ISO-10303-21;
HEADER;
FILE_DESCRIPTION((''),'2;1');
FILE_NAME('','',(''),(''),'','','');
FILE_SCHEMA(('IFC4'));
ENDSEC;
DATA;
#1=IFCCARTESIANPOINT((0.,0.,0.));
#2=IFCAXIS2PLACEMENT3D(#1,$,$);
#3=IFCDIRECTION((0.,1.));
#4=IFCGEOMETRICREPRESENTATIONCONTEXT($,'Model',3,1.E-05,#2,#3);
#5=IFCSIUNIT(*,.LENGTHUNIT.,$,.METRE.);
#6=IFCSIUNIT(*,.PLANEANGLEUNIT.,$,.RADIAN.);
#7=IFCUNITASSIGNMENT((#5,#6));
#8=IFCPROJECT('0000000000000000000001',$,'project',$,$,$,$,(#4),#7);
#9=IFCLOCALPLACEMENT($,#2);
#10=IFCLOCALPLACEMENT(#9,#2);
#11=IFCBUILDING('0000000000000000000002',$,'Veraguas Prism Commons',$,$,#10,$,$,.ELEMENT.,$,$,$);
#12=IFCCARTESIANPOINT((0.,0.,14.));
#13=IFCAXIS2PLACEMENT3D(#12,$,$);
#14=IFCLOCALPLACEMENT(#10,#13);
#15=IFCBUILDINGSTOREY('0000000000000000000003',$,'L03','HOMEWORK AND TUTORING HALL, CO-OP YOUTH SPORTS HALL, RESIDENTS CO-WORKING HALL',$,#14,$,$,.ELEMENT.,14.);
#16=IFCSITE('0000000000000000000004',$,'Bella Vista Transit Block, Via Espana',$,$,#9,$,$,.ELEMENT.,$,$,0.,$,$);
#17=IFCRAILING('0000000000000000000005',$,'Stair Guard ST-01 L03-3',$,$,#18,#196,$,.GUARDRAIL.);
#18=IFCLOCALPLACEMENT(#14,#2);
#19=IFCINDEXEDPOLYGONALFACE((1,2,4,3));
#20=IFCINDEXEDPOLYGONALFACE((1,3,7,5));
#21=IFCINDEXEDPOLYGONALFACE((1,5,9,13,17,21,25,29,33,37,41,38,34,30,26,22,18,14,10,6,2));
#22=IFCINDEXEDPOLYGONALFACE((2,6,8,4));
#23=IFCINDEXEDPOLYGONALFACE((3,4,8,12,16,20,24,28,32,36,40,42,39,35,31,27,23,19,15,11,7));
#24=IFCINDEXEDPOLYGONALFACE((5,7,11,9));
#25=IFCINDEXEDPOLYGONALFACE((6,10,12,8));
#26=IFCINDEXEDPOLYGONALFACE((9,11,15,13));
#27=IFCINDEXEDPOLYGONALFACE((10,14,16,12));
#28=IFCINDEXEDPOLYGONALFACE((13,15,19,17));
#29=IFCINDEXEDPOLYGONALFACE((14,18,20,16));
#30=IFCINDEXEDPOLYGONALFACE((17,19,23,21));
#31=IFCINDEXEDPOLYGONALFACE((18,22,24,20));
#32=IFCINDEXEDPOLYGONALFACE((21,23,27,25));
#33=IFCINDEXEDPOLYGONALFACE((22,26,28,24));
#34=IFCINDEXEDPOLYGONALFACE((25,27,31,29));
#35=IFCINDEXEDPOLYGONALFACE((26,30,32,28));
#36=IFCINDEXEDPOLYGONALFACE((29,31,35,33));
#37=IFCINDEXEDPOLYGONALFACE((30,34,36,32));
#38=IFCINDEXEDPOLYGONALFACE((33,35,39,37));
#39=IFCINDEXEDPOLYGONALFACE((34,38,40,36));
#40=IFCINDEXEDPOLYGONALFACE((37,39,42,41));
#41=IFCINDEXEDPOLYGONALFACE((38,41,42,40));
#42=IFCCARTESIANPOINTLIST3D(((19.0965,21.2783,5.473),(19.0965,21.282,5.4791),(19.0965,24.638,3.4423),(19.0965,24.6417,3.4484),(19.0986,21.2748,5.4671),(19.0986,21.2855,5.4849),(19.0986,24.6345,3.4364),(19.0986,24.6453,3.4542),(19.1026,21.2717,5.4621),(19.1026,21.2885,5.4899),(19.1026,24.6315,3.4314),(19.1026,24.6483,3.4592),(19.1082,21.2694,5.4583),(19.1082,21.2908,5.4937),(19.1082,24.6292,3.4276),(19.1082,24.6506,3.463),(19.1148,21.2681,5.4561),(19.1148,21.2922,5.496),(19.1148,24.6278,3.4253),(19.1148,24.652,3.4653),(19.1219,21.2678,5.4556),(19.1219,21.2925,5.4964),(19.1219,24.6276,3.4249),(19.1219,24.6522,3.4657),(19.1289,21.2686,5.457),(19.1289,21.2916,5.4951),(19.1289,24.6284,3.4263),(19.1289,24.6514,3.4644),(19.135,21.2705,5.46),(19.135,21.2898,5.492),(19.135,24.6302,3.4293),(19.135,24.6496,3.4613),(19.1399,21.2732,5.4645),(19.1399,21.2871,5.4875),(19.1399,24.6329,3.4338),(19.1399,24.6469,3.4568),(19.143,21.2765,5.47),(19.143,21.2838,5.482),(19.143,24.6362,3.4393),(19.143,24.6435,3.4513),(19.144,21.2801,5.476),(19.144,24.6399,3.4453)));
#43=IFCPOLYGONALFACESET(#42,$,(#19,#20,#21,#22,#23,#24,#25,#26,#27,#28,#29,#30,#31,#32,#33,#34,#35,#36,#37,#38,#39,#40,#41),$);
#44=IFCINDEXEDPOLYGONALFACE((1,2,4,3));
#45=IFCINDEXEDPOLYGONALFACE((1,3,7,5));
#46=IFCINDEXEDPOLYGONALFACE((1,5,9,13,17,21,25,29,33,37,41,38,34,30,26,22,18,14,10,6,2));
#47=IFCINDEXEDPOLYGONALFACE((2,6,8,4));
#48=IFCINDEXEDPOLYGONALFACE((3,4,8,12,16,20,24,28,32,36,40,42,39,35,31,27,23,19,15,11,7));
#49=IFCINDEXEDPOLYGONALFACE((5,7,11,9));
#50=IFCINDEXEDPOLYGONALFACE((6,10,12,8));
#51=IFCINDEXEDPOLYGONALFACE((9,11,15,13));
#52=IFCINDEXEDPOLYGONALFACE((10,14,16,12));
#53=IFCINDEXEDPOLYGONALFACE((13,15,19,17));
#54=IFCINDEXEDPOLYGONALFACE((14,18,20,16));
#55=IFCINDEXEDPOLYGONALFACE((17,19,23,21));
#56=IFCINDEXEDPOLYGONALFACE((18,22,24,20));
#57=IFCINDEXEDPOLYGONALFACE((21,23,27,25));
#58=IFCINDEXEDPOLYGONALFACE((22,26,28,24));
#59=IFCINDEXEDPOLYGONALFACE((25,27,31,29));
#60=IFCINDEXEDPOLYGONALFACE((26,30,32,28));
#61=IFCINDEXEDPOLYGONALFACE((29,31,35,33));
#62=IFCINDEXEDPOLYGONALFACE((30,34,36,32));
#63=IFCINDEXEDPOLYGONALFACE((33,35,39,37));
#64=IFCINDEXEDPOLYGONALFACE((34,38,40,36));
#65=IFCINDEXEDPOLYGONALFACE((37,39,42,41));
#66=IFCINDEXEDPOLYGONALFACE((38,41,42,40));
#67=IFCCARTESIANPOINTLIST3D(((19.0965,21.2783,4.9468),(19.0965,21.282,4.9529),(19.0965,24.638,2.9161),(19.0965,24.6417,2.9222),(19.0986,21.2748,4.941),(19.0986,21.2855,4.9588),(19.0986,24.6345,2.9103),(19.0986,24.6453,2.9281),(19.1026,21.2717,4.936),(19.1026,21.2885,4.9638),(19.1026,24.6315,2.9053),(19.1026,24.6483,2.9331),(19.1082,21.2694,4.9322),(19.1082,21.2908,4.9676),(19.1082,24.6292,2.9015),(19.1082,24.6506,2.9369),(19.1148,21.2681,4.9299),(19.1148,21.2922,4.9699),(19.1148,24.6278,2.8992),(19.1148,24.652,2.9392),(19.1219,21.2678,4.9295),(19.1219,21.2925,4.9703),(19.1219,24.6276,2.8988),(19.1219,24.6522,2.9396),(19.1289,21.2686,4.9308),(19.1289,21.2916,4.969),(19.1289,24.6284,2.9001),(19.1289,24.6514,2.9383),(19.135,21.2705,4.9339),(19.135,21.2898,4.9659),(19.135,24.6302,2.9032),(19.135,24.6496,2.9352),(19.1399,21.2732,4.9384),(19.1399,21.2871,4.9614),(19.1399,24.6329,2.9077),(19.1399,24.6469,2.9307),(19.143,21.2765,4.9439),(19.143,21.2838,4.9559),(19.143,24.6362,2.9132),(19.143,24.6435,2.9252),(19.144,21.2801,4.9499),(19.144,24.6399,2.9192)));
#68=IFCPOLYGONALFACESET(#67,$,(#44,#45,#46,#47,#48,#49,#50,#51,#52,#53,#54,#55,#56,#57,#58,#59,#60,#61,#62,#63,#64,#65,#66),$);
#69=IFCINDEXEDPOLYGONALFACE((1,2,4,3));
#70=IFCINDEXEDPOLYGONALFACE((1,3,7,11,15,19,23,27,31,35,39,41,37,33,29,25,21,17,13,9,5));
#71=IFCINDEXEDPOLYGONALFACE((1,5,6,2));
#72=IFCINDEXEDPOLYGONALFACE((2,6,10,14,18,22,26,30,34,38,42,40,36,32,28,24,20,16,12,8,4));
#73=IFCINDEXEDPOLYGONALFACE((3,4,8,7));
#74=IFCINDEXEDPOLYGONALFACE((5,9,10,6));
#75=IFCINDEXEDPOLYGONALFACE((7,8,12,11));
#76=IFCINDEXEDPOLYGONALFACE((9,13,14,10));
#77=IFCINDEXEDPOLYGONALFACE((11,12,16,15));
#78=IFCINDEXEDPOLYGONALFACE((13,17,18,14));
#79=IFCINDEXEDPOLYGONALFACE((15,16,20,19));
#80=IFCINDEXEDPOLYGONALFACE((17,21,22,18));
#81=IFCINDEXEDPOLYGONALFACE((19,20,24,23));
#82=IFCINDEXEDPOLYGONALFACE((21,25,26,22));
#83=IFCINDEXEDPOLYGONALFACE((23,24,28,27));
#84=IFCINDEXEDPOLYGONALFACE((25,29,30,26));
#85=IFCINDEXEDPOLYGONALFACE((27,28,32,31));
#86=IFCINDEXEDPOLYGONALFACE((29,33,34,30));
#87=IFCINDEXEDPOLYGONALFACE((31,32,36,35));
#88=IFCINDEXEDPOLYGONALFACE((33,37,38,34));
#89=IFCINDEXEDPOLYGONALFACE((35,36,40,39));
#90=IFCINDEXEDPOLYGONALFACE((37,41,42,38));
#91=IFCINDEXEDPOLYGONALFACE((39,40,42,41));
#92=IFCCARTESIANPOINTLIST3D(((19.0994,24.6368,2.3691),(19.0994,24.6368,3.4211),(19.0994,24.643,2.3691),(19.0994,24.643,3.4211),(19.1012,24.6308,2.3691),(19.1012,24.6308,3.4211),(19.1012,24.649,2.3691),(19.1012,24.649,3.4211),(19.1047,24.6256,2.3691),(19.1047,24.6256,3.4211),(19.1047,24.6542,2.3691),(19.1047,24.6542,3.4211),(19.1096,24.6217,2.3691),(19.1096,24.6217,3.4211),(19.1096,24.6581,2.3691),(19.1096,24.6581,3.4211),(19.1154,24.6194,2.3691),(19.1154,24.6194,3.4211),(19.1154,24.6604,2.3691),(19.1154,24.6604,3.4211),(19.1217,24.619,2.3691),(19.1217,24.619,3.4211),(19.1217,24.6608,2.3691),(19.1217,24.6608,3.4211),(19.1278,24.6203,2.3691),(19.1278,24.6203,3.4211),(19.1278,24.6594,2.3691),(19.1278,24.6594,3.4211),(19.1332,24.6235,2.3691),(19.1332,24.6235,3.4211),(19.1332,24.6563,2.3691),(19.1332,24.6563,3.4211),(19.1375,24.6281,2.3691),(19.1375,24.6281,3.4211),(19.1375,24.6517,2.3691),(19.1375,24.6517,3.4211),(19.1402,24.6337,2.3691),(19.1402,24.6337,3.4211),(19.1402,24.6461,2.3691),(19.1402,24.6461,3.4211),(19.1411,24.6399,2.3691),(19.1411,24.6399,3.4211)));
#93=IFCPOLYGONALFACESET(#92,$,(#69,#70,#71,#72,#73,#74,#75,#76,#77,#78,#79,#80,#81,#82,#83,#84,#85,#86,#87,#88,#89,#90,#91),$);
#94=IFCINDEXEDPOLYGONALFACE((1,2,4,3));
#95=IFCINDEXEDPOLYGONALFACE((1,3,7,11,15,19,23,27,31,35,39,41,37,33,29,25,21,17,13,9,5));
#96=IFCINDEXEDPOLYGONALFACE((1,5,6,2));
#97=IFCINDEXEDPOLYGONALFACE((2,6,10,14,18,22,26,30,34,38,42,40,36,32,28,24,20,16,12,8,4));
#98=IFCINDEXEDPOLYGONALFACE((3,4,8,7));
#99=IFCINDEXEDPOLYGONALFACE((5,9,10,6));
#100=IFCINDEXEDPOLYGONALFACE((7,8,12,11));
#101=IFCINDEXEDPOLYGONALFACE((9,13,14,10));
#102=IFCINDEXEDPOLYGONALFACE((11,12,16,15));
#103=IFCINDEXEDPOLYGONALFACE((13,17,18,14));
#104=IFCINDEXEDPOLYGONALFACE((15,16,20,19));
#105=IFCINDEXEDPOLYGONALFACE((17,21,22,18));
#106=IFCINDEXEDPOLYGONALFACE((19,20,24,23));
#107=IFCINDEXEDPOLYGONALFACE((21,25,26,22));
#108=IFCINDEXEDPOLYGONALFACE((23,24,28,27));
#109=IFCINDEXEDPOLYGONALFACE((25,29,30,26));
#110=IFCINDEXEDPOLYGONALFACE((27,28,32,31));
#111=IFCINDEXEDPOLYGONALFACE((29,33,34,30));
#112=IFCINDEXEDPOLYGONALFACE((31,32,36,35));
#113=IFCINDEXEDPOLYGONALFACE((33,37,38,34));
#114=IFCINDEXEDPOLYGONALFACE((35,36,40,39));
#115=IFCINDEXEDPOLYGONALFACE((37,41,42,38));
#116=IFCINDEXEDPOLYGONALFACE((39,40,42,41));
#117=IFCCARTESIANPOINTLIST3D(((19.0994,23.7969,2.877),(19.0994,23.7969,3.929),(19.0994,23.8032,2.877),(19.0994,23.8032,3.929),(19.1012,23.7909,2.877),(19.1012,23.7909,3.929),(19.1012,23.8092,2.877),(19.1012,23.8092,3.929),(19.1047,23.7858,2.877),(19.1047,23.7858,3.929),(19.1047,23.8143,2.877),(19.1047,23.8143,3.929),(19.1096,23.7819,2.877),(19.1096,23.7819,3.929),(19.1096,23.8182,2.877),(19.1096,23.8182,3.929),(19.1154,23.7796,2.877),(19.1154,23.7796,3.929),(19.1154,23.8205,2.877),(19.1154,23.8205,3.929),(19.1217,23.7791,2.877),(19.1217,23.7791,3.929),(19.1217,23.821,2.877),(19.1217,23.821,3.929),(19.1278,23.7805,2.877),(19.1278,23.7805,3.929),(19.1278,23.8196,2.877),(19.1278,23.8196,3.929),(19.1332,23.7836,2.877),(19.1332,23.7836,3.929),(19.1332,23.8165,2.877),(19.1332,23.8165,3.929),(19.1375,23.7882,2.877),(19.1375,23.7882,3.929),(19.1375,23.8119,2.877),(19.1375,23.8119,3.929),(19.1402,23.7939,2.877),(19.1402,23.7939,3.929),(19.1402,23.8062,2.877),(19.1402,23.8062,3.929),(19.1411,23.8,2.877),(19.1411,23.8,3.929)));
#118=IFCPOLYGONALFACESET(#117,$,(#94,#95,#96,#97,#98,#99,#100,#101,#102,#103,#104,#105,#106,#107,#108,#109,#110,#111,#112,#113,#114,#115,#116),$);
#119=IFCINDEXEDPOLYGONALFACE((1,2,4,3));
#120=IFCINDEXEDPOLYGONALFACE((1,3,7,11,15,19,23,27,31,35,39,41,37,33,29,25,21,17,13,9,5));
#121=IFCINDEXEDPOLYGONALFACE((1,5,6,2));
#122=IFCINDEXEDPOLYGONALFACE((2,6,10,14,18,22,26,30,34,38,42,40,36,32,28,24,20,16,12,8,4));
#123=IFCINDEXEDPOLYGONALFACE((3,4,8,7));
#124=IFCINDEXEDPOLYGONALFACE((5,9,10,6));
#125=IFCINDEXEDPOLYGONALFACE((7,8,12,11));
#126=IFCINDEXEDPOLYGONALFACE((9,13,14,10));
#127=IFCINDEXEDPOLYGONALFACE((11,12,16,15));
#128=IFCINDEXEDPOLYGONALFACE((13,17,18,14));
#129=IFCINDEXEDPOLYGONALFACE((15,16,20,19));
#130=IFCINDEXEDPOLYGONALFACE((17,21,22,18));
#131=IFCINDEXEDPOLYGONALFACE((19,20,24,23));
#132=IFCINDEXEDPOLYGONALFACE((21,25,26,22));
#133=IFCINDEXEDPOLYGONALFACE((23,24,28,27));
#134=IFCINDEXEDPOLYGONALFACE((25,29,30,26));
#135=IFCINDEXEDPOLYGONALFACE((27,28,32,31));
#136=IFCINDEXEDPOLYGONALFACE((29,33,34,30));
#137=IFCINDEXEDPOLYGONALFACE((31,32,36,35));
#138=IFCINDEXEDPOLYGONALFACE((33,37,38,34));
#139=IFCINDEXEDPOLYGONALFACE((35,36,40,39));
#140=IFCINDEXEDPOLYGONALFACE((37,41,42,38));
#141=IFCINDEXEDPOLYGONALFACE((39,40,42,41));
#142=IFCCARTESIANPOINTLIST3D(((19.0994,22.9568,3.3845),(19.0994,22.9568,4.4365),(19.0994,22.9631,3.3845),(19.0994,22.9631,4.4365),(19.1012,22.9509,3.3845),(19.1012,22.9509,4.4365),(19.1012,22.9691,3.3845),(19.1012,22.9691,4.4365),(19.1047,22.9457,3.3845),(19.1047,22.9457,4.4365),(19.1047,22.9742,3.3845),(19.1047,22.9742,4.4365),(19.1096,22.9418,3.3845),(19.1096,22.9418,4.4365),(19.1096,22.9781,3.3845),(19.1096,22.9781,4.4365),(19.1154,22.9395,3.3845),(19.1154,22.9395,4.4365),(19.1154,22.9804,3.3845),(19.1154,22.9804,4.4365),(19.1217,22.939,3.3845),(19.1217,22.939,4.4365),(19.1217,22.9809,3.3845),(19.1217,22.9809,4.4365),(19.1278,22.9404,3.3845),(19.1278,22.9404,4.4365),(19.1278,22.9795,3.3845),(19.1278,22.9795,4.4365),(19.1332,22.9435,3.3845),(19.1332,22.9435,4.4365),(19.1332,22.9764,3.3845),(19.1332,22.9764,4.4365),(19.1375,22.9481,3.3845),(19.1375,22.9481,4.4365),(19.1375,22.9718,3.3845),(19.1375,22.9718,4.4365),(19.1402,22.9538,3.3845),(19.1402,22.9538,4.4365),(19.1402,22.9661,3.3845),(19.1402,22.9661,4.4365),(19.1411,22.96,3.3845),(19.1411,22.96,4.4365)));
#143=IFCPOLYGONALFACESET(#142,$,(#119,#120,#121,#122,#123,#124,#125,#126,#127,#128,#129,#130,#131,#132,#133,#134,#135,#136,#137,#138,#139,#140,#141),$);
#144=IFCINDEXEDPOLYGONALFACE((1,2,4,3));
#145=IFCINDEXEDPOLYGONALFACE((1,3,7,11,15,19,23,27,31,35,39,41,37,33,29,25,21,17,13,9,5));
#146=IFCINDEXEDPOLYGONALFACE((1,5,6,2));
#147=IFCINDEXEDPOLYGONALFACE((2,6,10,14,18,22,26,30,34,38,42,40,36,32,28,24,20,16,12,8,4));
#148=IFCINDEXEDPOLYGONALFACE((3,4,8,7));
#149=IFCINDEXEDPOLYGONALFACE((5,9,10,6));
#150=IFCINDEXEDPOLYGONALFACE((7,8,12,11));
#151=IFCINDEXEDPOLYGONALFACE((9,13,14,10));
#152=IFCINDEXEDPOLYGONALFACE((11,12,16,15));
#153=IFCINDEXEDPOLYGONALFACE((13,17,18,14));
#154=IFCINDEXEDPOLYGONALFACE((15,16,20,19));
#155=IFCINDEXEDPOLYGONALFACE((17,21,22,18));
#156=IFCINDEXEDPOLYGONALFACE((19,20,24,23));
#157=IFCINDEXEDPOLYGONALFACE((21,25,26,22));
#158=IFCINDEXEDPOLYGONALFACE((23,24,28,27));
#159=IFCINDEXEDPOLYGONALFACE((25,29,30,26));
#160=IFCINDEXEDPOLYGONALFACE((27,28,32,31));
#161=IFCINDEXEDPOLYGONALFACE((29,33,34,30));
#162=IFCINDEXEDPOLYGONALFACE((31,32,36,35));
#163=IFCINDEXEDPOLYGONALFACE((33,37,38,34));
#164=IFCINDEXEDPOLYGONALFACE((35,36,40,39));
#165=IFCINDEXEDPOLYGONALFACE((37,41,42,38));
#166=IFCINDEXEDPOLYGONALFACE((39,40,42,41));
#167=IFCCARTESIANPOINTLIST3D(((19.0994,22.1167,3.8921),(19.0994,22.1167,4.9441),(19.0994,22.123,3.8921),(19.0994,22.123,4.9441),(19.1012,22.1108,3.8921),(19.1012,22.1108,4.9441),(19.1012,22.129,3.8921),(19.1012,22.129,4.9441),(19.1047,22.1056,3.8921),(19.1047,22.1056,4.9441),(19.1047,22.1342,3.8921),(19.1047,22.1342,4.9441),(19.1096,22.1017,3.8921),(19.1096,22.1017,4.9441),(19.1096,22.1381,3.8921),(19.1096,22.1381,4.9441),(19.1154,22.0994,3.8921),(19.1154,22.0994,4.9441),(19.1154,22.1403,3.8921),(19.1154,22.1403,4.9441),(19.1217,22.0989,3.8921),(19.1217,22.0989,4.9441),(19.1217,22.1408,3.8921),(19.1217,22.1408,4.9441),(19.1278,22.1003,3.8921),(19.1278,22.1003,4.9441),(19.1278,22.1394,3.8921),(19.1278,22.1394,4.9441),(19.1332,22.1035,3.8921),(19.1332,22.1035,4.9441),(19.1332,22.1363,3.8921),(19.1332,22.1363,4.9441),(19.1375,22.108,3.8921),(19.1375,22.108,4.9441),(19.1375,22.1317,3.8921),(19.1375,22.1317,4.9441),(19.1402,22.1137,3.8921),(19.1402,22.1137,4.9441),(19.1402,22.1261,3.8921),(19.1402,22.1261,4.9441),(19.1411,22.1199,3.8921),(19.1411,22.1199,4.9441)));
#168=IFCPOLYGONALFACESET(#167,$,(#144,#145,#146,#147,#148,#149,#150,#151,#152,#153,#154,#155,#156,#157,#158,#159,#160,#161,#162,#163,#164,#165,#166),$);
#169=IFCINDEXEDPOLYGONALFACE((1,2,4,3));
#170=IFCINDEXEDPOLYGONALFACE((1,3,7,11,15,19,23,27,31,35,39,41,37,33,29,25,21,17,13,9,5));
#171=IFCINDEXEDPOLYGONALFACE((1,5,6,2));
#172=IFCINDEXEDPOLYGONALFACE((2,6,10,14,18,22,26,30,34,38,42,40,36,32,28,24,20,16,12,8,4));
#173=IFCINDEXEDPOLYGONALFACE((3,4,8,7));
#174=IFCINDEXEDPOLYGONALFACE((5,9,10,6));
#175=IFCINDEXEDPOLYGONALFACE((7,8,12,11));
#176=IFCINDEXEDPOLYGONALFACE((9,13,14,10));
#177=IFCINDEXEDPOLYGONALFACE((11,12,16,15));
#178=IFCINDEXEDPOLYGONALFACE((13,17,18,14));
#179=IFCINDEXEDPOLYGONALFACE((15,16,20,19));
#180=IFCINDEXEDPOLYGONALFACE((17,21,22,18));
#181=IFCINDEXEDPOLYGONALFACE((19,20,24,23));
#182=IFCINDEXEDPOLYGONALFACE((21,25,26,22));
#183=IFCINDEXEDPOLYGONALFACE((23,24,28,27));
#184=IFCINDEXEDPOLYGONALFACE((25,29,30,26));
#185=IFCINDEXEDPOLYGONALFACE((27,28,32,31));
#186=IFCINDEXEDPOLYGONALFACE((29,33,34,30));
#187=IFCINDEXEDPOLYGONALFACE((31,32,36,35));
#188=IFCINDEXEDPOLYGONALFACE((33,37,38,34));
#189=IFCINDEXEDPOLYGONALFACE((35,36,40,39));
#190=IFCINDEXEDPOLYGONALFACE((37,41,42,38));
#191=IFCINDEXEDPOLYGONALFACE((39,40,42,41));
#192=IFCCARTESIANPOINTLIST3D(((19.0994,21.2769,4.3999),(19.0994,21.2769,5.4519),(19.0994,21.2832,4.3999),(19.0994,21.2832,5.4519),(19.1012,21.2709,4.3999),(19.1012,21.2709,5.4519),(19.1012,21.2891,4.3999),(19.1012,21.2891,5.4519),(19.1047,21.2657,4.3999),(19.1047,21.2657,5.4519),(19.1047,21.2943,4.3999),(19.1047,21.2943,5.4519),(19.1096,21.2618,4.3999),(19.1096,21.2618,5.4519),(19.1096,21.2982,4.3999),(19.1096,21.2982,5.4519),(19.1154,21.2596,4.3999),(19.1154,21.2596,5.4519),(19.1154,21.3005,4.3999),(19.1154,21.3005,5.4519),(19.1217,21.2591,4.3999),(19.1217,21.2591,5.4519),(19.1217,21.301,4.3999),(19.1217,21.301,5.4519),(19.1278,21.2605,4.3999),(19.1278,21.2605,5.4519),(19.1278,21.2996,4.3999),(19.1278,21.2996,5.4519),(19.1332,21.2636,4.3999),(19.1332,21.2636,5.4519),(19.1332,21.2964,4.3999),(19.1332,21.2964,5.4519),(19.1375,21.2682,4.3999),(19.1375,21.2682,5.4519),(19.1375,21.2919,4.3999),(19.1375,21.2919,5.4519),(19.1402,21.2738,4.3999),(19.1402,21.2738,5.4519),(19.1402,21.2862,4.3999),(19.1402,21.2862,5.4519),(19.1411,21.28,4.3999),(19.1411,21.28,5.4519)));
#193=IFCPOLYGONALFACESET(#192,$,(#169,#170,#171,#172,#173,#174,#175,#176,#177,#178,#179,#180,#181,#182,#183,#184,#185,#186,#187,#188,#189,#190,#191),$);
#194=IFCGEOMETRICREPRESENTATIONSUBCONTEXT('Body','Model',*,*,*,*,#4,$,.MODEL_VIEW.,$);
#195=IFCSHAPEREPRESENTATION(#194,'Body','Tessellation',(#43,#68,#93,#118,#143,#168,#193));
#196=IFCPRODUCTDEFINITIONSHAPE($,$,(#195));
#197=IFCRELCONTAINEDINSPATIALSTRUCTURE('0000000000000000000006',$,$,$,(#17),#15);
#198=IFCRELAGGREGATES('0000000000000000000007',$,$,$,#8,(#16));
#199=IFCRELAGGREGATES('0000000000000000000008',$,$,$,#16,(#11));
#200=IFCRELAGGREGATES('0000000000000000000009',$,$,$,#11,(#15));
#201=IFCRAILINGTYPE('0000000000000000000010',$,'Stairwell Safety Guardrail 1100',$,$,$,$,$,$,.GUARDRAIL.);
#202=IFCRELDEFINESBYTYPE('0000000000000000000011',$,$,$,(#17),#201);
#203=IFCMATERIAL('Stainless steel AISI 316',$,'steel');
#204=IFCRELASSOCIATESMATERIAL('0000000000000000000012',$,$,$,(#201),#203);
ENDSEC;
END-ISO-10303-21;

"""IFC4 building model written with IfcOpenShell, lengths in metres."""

from ifc_helpers import new_model, si_unit, direction, frame, origin, origin_2d, place, context, subcontext, project, spatial, circle, extrude, material, type_object, element, save


model = new_model("IFC4")

# Units and contexts
model_context = context("Model", 3, precision=1e-05, world=origin(), true_north=direction((0.0, 1.0)))
body_context = subcontext(model_context, "Body", "Model", "MODEL_VIEW")
ifc_project = project(units=[si_unit("LENGTHUNIT", "METRE"), si_unit("PLANEANGLEUNIT", "RADIAN")], contexts=[model_context])

# Site, building, storey
site_placement = place(None, origin())
site = spatial("IfcSite", under=ifc_project, at=site_placement, Name="Bella Vista Transit Block, Via Espana", CompositionType="ELEMENT", RefElevation=0.0)
building_placement = place(site_placement, origin())
building = spatial("IfcBuilding", under=site, at=building_placement, Name="Veraguas Prism Commons", CompositionType="ELEMENT")
storey_placement = place(building_placement, frame((0.0, 0.0, 14.0)))
storey = spatial("IfcBuildingStorey", under=building, at=storey_placement, Name="L03", Description="HOMEWORK AND TUTORING HALL, CO-OP YOUTH SPORTS HALL, RESIDENTS CO-WORKING HALL", CompositionType="ELEMENT", Elevation=14.0)

# Shared definitions
ifc_material_1 = material(Name="Stainless steel AISI 316", Category="steel")

# Railing
railing_type_1 = type_object("IfcRailingType", Name="Stairwell Safety Guardrail 1100", PredefinedType="GUARDRAIL", material=ifc_material_1)
railing_1_placement = place(storey_placement, frame((19.1201, 24.6399, 2.3691)))
element("IfcRailing", 1, at=railing_1_placement, inside=storey, type_object=railing_type_1, Name="Stair Guard ST-01 L03-3", PredefinedType="GUARDRAIL", context=body_context, shape_type="SweptSolid", body=[
    extrude(circle(Radius=0.0239, at=origin_2d()), frame((0.0, 0.0, 1.0762), z_axis=(0.0, -0.85582, 0.517273), x_axis=(1.0, 0.0, 0.0)), (0.0, 0.0, 1.0), 3.9258),
    extrude(circle(Radius=0.0239, at=origin_2d()), frame((0.0, 0.0, 0.55), z_axis=(0.0, -0.85582, 0.517273), x_axis=(1.0, 0.0, 0.0)), (0.0, 0.0, 1.0), 3.9258),
    extrude(circle(Radius=0.021, at=origin_2d()), origin(), (0.0, 0.0, 1.0), 1.052),
    extrude(circle(Radius=0.021, at=origin_2d()), frame((0.0, -0.8398, 0.5078)), (0.0, 0.0, 1.0), 1.052),
    extrude(circle(Radius=0.021, at=origin_2d()), frame((0.0, -1.6799, 1.0154)), (0.0, 0.0, 1.0), 1.052),
    extrude(circle(Radius=0.021, at=origin_2d()), frame((0.0, -2.52, 1.5229)), (0.0, 0.0, 1.0), 1.052),
    extrude(circle(Radius=0.021, at=origin_2d()), frame((0.0, -3.3599, 2.0308)), (0.0, 0.0, 1.0), 1.052),
])

save(model, "model.ifc")
